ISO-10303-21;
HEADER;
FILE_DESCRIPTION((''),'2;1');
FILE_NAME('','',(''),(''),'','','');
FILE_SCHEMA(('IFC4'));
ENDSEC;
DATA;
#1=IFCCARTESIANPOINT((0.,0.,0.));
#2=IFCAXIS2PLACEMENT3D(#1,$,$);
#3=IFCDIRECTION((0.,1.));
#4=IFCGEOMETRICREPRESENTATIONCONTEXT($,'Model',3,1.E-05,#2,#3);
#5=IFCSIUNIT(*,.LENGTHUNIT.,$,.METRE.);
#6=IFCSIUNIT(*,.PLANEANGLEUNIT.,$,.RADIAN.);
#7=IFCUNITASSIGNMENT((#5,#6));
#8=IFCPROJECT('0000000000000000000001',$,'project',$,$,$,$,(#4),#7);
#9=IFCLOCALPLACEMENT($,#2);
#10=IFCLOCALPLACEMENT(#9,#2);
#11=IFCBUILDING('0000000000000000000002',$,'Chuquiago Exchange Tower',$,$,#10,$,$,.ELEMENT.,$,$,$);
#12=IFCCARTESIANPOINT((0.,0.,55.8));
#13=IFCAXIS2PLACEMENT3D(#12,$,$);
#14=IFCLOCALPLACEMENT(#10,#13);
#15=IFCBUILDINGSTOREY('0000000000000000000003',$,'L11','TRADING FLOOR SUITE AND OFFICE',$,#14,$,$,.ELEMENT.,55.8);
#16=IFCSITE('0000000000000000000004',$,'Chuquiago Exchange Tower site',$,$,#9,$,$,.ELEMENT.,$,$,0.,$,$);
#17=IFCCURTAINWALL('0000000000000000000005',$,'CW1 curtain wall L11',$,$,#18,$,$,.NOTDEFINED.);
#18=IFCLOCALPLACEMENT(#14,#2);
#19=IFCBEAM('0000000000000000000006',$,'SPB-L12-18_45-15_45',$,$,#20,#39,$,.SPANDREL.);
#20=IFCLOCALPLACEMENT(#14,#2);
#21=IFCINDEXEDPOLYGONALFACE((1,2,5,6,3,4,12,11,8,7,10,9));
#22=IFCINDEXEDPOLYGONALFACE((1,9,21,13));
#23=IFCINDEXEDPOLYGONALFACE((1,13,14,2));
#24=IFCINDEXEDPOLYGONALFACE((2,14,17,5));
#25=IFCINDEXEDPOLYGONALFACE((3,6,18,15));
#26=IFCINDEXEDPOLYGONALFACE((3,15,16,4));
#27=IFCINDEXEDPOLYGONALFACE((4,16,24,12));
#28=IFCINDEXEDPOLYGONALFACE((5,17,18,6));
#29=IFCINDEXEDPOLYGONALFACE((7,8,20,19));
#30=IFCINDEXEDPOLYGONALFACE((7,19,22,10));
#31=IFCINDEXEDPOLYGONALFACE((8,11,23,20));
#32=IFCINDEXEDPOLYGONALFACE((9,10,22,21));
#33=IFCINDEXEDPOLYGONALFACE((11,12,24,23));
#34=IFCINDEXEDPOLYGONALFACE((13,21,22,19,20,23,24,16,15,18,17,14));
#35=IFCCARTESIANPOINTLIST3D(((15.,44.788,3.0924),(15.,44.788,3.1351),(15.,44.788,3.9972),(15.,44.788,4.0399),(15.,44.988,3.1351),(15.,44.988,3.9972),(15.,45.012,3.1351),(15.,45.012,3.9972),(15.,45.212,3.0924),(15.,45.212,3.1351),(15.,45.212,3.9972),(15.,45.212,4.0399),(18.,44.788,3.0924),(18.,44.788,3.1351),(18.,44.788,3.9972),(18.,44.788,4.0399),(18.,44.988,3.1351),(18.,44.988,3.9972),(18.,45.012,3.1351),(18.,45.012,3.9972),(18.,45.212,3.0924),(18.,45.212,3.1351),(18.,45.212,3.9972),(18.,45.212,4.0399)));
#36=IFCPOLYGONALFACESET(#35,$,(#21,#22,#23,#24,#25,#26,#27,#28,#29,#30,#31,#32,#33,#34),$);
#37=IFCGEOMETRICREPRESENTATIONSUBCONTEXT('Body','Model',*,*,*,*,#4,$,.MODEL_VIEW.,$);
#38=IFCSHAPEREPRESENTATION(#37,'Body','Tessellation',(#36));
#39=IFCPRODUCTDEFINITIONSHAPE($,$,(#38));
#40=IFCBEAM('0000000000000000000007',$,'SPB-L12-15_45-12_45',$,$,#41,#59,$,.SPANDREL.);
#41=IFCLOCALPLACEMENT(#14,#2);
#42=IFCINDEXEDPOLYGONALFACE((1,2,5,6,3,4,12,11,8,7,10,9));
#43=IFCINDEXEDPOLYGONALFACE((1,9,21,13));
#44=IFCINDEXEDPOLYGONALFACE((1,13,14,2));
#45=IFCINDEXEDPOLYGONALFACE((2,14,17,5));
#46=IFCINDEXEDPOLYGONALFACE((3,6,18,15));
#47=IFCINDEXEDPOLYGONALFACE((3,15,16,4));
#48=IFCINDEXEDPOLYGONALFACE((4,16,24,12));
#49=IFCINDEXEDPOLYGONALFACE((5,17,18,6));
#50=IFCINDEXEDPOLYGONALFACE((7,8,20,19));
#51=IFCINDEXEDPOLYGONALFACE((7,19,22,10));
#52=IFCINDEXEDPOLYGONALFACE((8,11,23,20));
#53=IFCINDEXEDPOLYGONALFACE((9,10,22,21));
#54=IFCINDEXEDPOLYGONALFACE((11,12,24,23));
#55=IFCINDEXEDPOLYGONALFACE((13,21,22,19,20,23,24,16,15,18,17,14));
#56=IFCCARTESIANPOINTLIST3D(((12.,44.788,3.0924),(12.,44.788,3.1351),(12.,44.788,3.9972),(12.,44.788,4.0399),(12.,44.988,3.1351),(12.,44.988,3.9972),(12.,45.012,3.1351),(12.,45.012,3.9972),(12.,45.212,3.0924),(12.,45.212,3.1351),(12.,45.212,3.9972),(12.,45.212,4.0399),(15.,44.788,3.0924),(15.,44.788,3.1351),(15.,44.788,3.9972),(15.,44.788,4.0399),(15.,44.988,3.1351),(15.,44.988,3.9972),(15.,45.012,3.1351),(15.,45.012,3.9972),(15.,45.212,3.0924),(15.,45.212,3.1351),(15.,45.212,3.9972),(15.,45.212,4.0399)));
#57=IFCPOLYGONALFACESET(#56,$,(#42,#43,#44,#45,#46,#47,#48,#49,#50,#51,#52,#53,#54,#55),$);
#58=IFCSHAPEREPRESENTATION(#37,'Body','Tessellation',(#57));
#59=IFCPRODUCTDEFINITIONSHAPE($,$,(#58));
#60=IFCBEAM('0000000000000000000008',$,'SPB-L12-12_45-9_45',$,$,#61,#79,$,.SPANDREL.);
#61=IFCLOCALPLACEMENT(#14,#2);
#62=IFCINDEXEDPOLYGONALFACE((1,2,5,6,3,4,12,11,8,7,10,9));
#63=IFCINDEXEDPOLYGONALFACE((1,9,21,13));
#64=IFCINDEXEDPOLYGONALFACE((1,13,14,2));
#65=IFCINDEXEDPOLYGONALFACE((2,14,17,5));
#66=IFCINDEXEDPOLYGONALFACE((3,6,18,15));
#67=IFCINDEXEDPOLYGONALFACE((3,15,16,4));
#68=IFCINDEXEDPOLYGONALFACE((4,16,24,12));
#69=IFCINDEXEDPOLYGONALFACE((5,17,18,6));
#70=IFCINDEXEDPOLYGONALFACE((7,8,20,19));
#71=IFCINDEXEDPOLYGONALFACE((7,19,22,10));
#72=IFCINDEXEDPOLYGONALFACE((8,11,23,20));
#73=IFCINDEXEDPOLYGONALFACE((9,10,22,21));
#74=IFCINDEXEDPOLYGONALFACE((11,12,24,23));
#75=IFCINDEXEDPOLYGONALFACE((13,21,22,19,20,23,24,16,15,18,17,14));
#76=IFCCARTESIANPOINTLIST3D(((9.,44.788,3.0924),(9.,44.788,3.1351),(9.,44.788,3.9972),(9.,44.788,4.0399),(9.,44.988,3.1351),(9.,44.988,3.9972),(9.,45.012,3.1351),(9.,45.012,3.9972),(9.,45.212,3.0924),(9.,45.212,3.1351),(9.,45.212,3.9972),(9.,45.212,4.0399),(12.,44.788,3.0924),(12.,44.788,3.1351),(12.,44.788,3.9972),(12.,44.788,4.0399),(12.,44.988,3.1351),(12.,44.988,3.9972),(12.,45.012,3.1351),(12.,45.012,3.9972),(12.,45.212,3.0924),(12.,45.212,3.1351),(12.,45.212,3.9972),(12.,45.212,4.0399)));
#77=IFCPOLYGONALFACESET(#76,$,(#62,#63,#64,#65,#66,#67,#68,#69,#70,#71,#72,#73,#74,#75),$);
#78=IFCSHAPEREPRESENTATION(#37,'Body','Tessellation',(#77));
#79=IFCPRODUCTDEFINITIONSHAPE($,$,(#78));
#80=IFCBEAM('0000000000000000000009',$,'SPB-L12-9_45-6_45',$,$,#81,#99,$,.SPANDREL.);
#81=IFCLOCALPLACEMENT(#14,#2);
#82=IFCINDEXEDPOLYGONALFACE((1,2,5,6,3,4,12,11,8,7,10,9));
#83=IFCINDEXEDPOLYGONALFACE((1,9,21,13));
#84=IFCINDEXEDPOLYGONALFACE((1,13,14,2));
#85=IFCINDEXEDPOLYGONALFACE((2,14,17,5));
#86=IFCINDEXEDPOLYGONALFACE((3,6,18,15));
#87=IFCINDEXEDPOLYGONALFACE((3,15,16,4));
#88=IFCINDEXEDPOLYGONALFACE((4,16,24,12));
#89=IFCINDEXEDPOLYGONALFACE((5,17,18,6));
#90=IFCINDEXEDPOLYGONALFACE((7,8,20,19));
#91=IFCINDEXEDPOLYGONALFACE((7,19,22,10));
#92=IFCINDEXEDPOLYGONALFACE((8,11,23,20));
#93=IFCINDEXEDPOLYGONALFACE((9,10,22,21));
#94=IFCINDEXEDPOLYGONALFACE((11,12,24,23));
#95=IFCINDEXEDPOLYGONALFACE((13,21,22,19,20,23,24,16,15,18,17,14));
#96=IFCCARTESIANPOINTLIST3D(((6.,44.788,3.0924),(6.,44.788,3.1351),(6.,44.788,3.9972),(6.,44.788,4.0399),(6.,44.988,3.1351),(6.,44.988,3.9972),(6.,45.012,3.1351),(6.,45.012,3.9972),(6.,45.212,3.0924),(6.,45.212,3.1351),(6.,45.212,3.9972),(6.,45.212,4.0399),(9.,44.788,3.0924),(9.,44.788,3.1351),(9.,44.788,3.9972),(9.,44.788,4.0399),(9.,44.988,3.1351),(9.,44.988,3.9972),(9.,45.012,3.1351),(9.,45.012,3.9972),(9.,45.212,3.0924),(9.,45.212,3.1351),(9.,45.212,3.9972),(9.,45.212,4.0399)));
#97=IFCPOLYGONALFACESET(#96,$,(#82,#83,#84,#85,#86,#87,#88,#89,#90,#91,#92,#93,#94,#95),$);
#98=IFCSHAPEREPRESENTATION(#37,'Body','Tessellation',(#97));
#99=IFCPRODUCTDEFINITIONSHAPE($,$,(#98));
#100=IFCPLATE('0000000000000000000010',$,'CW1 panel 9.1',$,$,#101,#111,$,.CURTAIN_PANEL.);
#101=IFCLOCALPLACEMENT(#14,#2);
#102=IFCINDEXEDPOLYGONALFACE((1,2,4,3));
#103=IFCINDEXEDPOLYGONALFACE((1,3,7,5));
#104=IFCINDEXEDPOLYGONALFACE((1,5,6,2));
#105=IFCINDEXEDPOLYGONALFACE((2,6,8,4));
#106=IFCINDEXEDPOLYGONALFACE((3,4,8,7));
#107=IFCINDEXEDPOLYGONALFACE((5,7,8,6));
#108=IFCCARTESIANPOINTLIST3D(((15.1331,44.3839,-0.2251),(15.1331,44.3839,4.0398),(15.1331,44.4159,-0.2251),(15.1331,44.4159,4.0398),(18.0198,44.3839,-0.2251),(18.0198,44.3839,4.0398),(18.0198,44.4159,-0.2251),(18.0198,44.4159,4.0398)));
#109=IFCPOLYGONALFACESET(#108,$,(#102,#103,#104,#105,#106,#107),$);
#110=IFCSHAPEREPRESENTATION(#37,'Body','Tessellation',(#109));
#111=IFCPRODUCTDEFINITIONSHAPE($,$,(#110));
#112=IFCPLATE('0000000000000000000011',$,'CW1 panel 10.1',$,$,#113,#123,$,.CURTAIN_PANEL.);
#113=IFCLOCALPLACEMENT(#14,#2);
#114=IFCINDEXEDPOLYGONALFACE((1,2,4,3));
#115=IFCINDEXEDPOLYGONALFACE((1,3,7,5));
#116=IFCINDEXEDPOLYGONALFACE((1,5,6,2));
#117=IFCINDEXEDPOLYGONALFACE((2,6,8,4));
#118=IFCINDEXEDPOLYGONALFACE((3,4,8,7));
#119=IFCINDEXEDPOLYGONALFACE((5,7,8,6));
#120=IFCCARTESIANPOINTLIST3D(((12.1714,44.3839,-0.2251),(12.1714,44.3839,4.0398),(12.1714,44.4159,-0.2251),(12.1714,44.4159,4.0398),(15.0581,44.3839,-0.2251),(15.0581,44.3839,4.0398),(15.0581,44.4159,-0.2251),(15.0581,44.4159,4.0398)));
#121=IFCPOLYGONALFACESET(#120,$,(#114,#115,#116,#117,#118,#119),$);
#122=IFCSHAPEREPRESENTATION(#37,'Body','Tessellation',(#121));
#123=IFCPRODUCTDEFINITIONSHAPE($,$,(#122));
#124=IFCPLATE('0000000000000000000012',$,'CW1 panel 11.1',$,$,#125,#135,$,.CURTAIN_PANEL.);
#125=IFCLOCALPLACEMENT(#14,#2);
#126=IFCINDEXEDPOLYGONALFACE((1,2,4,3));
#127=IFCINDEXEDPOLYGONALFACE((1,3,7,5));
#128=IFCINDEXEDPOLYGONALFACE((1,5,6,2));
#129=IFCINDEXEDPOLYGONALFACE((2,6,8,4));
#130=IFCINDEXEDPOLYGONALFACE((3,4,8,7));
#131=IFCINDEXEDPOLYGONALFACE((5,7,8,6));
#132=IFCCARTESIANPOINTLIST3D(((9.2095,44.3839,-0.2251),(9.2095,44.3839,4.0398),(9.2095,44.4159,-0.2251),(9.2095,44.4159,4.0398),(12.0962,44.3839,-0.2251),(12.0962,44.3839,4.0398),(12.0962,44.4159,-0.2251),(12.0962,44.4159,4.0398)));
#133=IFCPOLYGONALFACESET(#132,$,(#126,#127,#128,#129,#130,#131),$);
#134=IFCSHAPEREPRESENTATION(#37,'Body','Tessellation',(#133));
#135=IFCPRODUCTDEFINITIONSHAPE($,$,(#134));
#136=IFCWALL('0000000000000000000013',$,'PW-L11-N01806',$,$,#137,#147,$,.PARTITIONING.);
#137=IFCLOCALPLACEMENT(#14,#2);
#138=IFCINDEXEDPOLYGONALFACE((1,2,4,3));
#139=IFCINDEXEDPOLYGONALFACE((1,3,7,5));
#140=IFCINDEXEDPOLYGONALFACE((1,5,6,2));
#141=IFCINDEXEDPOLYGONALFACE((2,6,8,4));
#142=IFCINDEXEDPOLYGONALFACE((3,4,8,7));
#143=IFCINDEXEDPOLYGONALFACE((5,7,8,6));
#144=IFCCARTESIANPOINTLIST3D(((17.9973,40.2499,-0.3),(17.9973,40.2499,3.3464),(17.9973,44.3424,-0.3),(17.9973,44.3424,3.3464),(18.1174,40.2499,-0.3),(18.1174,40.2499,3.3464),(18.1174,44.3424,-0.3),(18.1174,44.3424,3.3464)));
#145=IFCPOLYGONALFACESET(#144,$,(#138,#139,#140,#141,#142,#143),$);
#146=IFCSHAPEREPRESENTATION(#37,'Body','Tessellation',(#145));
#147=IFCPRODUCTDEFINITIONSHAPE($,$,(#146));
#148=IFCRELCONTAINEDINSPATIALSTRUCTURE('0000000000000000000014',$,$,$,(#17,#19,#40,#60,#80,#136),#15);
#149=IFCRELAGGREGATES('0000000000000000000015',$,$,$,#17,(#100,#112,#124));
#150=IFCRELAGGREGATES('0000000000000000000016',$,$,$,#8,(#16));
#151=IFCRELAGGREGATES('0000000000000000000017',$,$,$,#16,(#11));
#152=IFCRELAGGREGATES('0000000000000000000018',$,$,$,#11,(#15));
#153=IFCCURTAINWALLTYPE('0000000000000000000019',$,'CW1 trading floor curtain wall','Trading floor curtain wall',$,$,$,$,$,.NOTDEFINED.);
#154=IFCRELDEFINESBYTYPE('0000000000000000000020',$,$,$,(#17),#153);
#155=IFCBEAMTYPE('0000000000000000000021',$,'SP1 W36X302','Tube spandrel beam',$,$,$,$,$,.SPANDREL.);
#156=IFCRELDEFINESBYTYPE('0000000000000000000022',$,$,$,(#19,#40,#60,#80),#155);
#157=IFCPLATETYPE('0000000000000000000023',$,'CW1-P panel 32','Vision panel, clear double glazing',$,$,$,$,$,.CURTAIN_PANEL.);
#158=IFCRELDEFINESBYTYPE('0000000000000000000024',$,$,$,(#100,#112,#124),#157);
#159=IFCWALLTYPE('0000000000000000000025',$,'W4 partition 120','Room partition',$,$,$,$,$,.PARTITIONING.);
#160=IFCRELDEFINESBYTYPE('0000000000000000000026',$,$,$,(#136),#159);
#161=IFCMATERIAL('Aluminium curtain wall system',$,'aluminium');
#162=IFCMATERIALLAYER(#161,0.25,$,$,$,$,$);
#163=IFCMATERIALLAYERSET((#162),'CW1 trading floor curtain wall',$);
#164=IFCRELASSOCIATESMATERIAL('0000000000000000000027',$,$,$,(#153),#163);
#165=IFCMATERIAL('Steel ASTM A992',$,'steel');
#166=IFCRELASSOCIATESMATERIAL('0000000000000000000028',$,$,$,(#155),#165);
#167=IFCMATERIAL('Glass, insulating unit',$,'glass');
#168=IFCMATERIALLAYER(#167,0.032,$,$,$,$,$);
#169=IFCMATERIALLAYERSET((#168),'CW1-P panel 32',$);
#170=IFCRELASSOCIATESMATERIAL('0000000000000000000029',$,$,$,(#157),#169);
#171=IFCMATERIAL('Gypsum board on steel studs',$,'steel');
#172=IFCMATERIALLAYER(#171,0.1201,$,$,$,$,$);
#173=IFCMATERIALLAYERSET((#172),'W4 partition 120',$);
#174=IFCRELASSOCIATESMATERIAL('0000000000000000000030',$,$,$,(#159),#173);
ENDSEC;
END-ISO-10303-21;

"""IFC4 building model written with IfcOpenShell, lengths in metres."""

from ifc_helpers import new_model, si_unit, direction, frame, frame_2d, origin, origin_2d, place, context, subcontext, project, spatial, rectangle, i_section, extrude, material, layer, layer_set, material_profile, profile_set, type_object, element, aggregate, save


model = new_model("IFC4")

# Units and contexts
model_context = context("Model", 3, precision=1e-05, world=origin(), true_north=direction((0.0, 1.0)))
body_context = subcontext(model_context, "Body", "Model", "MODEL_VIEW")
ifc_project = project(units=[si_unit("LENGTHUNIT", "METRE"), si_unit("PLANEANGLEUNIT", "RADIAN")], contexts=[model_context])

# Site, building, storey
site_placement = place(None, origin())
site = spatial("IfcSite", under=ifc_project, at=site_placement, Name="Chuquiago Exchange Tower site", CompositionType="ELEMENT", RefElevation=0.0)
building_placement = place(site_placement, origin())
building = spatial("IfcBuilding", under=site, at=building_placement, Name="Chuquiago Exchange Tower", CompositionType="ELEMENT")
storey_placement = place(building_placement, frame((0.0, 0.0, 55.8)))
storey = spatial("IfcBuildingStorey", under=building, at=storey_placement, Name="L11", Description="TRADING FLOOR SUITE AND OFFICE", CompositionType="ELEMENT", Elevation=55.8)

# Curtain wall
ifc_material_1 = material(Name="Aluminium curtain wall system", Category="aluminium")
ifc_layer_1 = layer(ifc_material_1, 0.25)
ifc_layer_set_1 = layer_set([ifc_layer_1], Name="CW1 trading floor curtain wall")
curtain_wall_type = type_object("IfcCurtainWallType", Name="CW1 trading floor curtain wall", Description="Trading floor curtain wall", PredefinedType="NOTDEFINED", material=ifc_layer_set_1)
curtain_wall_placement = place(storey_placement, origin())
curtain_wall = element("IfcCurtainWall", 1, at=curtain_wall_placement, inside=storey, type_object=curtain_wall_type, Name="CW1 curtain wall L11", PredefinedType="NOTDEFINED")

# Beams
ifc_material_2 = material(Name="Steel ASTM A992", Category="steel")
ifc_material_profile_1 = material_profile(ifc_material_2, i_section(OverallWidth=0.4241, OverallDepth=0.9475, WebThickness=0.0239, FlangeThickness=0.0427, at=origin_2d()), Name="W36X302")
ifc_profile_set_1 = profile_set([ifc_material_profile_1], Name="Steel ASTM A992")
beam_type = type_object("IfcBeamType", Name="SP1 W36X302", Description="Tube spandrel beam", PredefinedType="SPANDREL", material=ifc_profile_set_1)
for number, where, z_axis, x_axis, name in (
    (2, (18.0, 45.0, 3.5662), (-1.0, 0.0, 0.0), (0.0, -1.0, 0.0), "SPB-L12-18_45-15_45"),
    (3, (15.0, 45.0, 3.5662), (-1.0, 0.0, 0.0), (0.0, -1.0, 0.0), "SPB-L12-15_45-12_45"),
    (4, (12.0, 45.0, 3.5662), (-1.0, 0.0, 0.0), (0.0, -1.0, 0.0), "SPB-L12-12_45-9_45"),
    (5, (9.0, 45.0, 3.5662), (-1.0, 0.0, 0.0), (0.0, -1.0, 0.0), "SPB-L12-9_45-6_45"),
):
    element("IfcBeam", number, at=place(storey_placement, frame(where, z_axis=z_axis, x_axis=x_axis)), inside=storey, type_object=beam_type, Name=name, PredefinedType="SPANDREL", context=body_context, shape_type="SweptSolid", body=[
        extrude(i_section(OverallWidth=0.4241, OverallDepth=0.9475, WebThickness=0.0239, FlangeThickness=0.0427, at=origin_2d()), origin(), (0.0, 0.0, 1.0), 3.0),
    ])

# Plates
ifc_material_3 = material(Name="Glass, insulating unit", Category="glass")
ifc_layer_2 = layer(ifc_material_3, 0.032)
ifc_layer_set_2 = layer_set([ifc_layer_2], Name="CW1-P panel 32")
plate_type = type_object("IfcPlateType", Name="CW1-P panel 32", Description="Vision panel, clear double glazing", PredefinedType="CURTAIN_PANEL", material=ifc_layer_set_2)
plate_1_placement = place(storey_placement, frame((16.5764, 44.3999, -0.2251), z_axis=(0.0, 0.0, 1.0), x_axis=(-1.0, 0.0, 0.0)))
plate_1 = element("IfcPlate", 6, at=plate_1_placement, type_object=plate_type, Name="CW1 panel 9.1", PredefinedType="CURTAIN_PANEL", context=body_context, shape_type="SweptSolid", body=[
    extrude(rectangle(XDim=2.8867, YDim=0.032, at=origin_2d()), origin(), (0.0, 0.0, 1.0), 4.2649),
])
plate_2_placement = place(storey_placement, frame((13.6147, 44.3999, -0.2251), z_axis=(0.0, 0.0, 1.0), x_axis=(-1.0, 0.0, 0.0)))
plate_2 = element("IfcPlate", 7, at=plate_2_placement, type_object=plate_type, Name="CW1 panel 10.1", PredefinedType="CURTAIN_PANEL", context=body_context, shape_type="SweptSolid", body=[
    extrude(rectangle(XDim=2.8867, YDim=0.032, at=origin_2d()), origin(), (0.0, 0.0, 1.0), 4.2649),
])
plate_3_placement = place(storey_placement, frame((10.6528, 44.3999, -0.2251), z_axis=(0.0, 0.0, 1.0), x_axis=(-1.0, 0.0, 0.0)))
plate_3 = element("IfcPlate", 8, at=plate_3_placement, type_object=plate_type, Name="CW1 panel 11.1", PredefinedType="CURTAIN_PANEL", context=body_context, shape_type="SweptSolid", body=[
    extrude(rectangle(XDim=2.8867, YDim=0.032, at=origin_2d()), origin(), (0.0, 0.0, 1.0), 4.2649),
])
aggregate(curtain_wall, [plate_1, plate_2, plate_3])

# Wall
ifc_material_4 = material(Name="Gypsum board on steel studs", Category="steel")
ifc_layer_3 = layer(ifc_material_4, 0.1201)
ifc_layer_set_3 = layer_set([ifc_layer_3], Name="W4 partition 120")
wall_type = type_object("IfcWallType", Name="W4 partition 120", Description="Room partition", PredefinedType="PARTITIONING", material=ifc_layer_set_3)
wall_placement = place(storey_placement, frame((18.0574, 44.3425, -0.3), z_axis=(0.0, 0.0, 1.0), x_axis=(0.0, -1.0, 0.0)))
element("IfcWall", 9, at=wall_placement, inside=storey, type_object=wall_type, Name="PW-L11-N01806", PredefinedType="PARTITIONING", context=body_context, shape_type="SweptSolid", body=[
    extrude(rectangle(XDim=4.0925, YDim=0.1201, at=frame_2d((2.0464, 0.0))), origin(), (0.0, 0.0, 1.0), 3.6465),
])

save(model, "model.ifc")
